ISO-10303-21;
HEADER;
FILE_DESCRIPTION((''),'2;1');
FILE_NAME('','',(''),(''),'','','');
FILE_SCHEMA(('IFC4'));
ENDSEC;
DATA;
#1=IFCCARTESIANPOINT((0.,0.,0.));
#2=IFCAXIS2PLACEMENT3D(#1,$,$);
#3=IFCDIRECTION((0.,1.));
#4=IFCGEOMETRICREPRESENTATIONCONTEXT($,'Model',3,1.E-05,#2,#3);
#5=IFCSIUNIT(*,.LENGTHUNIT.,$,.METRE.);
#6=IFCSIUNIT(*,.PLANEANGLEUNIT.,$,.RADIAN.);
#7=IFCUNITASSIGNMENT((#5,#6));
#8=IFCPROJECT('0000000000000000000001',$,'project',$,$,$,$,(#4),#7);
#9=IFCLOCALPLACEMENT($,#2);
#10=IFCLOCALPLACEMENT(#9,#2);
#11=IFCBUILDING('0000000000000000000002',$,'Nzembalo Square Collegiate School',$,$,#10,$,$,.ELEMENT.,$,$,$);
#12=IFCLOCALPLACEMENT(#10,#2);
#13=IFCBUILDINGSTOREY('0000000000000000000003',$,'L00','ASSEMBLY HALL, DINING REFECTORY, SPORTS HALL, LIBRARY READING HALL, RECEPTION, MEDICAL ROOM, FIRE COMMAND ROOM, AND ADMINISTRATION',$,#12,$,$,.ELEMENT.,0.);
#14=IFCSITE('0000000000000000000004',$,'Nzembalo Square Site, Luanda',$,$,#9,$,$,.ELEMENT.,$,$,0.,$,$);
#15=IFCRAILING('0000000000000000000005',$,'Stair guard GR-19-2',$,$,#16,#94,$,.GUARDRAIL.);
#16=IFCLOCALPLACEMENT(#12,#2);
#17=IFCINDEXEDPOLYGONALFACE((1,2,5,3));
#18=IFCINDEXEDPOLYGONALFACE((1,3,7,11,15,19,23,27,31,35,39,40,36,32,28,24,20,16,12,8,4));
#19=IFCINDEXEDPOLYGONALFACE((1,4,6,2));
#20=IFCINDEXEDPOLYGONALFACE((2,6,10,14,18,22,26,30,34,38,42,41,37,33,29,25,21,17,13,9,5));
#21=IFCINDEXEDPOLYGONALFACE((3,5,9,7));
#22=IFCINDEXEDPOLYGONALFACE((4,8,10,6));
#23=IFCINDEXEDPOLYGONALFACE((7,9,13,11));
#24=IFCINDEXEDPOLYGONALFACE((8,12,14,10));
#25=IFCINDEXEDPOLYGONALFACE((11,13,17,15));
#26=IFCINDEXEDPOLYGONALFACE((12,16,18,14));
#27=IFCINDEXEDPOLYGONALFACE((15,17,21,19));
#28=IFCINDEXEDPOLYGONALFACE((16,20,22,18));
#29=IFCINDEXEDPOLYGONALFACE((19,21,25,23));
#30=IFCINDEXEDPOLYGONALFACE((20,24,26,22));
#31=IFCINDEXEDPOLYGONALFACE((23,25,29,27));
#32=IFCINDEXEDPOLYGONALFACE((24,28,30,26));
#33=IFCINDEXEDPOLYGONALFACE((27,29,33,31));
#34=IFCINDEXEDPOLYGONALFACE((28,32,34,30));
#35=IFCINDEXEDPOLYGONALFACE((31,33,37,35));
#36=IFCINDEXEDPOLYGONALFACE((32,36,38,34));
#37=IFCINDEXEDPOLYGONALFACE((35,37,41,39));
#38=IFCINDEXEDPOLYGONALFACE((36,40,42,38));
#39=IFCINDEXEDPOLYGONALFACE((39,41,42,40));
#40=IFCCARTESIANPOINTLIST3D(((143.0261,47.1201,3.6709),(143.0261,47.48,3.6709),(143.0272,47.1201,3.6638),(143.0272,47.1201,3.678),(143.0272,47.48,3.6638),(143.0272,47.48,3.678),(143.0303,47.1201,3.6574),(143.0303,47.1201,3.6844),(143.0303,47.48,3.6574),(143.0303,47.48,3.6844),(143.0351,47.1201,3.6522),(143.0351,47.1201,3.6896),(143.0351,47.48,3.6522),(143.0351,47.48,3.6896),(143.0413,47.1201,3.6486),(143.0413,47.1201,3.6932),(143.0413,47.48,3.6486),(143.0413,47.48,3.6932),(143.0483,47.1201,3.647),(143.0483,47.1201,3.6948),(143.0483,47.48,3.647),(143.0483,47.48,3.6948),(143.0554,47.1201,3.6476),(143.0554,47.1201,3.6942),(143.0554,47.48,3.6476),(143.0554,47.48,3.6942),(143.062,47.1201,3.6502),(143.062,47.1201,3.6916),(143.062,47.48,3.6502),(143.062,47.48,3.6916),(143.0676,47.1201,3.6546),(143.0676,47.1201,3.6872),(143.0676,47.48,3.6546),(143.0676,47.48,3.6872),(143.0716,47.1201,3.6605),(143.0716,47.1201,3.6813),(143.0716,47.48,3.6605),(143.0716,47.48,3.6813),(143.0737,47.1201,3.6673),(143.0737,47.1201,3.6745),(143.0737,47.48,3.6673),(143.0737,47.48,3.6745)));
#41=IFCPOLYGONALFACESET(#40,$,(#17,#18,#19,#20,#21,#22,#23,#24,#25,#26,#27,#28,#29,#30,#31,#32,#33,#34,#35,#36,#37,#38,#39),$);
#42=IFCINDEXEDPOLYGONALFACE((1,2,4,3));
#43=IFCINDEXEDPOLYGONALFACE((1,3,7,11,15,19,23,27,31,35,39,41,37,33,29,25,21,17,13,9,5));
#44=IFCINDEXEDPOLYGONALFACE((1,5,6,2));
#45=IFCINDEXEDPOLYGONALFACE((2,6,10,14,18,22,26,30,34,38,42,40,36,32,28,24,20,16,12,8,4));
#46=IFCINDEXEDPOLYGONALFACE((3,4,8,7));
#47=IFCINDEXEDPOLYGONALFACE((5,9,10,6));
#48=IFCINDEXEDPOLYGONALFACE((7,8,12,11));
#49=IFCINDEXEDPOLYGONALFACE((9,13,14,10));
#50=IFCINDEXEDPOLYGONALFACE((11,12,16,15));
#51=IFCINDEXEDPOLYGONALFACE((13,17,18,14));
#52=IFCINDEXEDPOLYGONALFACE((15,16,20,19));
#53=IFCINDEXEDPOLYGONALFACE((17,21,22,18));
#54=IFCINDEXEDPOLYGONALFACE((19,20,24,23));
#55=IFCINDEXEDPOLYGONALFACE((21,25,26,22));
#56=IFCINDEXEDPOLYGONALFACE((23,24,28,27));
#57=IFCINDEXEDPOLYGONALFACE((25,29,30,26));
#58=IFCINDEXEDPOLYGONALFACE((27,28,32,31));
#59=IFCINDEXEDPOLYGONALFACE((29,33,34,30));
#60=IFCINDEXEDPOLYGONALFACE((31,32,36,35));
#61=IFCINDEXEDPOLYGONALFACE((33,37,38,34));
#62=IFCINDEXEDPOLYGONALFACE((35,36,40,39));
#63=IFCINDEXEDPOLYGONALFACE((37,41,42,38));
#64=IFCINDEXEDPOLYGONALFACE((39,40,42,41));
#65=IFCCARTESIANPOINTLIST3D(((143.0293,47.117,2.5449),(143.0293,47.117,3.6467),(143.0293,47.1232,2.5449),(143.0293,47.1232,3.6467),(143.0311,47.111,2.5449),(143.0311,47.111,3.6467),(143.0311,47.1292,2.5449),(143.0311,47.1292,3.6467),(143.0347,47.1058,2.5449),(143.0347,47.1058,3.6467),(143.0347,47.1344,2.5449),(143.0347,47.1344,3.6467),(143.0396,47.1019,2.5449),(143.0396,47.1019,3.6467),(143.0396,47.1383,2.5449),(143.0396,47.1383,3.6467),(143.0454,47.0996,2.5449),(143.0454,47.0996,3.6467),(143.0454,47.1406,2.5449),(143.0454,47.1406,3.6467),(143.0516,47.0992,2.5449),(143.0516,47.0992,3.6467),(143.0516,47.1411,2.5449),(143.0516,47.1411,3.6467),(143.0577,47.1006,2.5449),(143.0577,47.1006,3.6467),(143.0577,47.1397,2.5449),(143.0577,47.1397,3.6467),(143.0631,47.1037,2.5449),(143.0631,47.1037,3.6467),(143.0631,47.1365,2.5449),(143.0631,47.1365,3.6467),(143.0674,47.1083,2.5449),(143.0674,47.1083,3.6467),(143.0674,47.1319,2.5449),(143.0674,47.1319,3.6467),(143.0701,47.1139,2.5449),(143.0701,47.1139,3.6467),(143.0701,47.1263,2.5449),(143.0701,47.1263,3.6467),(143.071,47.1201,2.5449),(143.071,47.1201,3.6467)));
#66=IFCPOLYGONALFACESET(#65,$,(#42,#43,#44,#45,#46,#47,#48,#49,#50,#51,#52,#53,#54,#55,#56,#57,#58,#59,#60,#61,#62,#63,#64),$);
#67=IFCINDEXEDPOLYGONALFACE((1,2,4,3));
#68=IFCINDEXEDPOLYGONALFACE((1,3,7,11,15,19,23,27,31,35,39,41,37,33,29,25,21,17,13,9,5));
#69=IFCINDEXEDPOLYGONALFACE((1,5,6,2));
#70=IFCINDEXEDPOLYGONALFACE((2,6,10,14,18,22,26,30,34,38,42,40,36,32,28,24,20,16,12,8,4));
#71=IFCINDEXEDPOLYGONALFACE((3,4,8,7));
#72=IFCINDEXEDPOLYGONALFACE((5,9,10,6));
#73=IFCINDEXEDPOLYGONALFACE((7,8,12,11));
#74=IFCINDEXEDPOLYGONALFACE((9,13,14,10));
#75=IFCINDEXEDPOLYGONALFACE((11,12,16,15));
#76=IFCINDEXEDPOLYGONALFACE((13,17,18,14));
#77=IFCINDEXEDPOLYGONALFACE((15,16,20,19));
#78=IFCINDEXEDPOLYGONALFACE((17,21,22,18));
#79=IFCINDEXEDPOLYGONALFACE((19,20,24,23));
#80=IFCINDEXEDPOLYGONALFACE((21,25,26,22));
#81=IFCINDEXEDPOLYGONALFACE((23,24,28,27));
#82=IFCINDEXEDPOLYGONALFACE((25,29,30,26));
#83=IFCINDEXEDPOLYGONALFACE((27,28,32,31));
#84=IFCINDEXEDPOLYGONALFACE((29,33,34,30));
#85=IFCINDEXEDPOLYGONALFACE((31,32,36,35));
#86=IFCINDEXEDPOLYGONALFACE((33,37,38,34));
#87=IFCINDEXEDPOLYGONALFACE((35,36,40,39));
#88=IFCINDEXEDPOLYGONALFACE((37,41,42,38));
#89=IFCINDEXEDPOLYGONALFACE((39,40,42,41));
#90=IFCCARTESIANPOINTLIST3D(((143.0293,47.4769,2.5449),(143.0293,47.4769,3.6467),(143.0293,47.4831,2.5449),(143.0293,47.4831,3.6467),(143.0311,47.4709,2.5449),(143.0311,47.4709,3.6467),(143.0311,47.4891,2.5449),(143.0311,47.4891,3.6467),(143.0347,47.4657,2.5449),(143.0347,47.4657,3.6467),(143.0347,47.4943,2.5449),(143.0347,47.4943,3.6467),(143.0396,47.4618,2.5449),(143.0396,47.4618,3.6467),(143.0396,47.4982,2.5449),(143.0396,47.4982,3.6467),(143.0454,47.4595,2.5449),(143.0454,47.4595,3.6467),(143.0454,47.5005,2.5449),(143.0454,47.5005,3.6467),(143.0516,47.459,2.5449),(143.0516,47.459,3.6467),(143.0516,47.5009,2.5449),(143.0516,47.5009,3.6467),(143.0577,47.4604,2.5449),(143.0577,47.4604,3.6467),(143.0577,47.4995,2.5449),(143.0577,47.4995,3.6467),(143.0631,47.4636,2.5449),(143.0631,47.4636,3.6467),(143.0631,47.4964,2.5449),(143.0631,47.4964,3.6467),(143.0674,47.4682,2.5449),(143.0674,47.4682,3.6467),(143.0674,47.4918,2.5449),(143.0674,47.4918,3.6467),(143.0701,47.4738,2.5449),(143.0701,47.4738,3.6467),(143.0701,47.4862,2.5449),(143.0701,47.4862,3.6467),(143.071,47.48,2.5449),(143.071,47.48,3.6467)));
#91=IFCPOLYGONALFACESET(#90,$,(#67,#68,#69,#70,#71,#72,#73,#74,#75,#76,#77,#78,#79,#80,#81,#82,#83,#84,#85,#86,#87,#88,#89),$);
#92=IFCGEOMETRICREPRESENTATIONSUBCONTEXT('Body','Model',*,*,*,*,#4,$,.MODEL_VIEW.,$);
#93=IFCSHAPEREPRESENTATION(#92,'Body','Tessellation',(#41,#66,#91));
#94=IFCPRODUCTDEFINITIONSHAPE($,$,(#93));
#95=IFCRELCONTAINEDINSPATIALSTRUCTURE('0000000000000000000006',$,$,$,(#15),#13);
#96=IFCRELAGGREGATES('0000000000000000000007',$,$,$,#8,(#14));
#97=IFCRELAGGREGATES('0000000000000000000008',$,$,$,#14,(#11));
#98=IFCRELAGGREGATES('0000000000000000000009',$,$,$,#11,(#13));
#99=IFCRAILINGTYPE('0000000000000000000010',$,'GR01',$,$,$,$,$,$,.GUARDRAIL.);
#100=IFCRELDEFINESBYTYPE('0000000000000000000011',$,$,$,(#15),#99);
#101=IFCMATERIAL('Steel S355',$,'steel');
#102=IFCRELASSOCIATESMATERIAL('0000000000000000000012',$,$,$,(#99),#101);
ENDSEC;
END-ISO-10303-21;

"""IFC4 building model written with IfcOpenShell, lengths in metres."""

from ifc_helpers import new_model, si_unit, direction, frame, origin, origin_2d, place, context, subcontext, project, spatial, circle, extrude, material, type_object, element, save


model = new_model("IFC4")

# Units and contexts
model_context = context("Model", 3, precision=1e-05, world=origin(), true_north=direction((0.0, 1.0)))
body_context = subcontext(model_context, "Body", "Model", "MODEL_VIEW")
ifc_project = project(units=[si_unit("LENGTHUNIT", "METRE"), si_unit("PLANEANGLEUNIT", "RADIAN")], contexts=[model_context])

# Site, building, storey
site_placement = place(None, origin())
site = spatial("IfcSite", under=ifc_project, at=site_placement, Name="Nzembalo Square Site, Luanda", CompositionType="ELEMENT", RefElevation=0.0)
building_placement = place(site_placement, origin())
building = spatial("IfcBuilding", under=site, at=building_placement, Name="Nzembalo Square Collegiate School", CompositionType="ELEMENT")
storey_placement = place(building_placement, origin())
storey = spatial("IfcBuildingStorey", under=building, at=storey_placement, Name="L00", Description="ASSEMBLY HALL, DINING REFECTORY, SPORTS HALL, LIBRARY READING HALL, RECEPTION, MEDICAL ROOM, FIRE COMMAND ROOM, AND ADMINISTRATION", CompositionType="ELEMENT", Elevation=0.0)

# Railing
ifc_material_1 = material(Name="Steel S355", Category="steel")
railing_type_1 = type_object("IfcRailingType", Name="GR01", PredefinedType="GUARDRAIL", material=ifc_material_1)
railing_1_placement = place(storey_placement, frame((143.05, 47.1201, 2.5449)))
element("IfcRailing", 1, at=railing_1_placement, inside=storey, type_object=railing_type_1, Name="Stair guard GR-19-2", PredefinedType="GUARDRAIL", context=body_context, shape_type="SweptSolid", body=[
    extrude(circle(Radius=0.0239, at=origin_2d()), frame((0.0, 0.0, 1.126), z_axis=(0.0, 1.0, 0.0), x_axis=(-1.0, 0.0, 0.0)), (0.0, 0.0, 1.0), 0.3599),
    extrude(circle(Radius=0.021, at=origin_2d()), origin(), (0.0, 0.0, 1.0), 1.1018),
    extrude(circle(Radius=0.021, at=origin_2d()), frame((0.0, 0.3599, 0.0)), (0.0, 0.0, 1.0), 1.1018),
])

save(model, "model.ifc")
